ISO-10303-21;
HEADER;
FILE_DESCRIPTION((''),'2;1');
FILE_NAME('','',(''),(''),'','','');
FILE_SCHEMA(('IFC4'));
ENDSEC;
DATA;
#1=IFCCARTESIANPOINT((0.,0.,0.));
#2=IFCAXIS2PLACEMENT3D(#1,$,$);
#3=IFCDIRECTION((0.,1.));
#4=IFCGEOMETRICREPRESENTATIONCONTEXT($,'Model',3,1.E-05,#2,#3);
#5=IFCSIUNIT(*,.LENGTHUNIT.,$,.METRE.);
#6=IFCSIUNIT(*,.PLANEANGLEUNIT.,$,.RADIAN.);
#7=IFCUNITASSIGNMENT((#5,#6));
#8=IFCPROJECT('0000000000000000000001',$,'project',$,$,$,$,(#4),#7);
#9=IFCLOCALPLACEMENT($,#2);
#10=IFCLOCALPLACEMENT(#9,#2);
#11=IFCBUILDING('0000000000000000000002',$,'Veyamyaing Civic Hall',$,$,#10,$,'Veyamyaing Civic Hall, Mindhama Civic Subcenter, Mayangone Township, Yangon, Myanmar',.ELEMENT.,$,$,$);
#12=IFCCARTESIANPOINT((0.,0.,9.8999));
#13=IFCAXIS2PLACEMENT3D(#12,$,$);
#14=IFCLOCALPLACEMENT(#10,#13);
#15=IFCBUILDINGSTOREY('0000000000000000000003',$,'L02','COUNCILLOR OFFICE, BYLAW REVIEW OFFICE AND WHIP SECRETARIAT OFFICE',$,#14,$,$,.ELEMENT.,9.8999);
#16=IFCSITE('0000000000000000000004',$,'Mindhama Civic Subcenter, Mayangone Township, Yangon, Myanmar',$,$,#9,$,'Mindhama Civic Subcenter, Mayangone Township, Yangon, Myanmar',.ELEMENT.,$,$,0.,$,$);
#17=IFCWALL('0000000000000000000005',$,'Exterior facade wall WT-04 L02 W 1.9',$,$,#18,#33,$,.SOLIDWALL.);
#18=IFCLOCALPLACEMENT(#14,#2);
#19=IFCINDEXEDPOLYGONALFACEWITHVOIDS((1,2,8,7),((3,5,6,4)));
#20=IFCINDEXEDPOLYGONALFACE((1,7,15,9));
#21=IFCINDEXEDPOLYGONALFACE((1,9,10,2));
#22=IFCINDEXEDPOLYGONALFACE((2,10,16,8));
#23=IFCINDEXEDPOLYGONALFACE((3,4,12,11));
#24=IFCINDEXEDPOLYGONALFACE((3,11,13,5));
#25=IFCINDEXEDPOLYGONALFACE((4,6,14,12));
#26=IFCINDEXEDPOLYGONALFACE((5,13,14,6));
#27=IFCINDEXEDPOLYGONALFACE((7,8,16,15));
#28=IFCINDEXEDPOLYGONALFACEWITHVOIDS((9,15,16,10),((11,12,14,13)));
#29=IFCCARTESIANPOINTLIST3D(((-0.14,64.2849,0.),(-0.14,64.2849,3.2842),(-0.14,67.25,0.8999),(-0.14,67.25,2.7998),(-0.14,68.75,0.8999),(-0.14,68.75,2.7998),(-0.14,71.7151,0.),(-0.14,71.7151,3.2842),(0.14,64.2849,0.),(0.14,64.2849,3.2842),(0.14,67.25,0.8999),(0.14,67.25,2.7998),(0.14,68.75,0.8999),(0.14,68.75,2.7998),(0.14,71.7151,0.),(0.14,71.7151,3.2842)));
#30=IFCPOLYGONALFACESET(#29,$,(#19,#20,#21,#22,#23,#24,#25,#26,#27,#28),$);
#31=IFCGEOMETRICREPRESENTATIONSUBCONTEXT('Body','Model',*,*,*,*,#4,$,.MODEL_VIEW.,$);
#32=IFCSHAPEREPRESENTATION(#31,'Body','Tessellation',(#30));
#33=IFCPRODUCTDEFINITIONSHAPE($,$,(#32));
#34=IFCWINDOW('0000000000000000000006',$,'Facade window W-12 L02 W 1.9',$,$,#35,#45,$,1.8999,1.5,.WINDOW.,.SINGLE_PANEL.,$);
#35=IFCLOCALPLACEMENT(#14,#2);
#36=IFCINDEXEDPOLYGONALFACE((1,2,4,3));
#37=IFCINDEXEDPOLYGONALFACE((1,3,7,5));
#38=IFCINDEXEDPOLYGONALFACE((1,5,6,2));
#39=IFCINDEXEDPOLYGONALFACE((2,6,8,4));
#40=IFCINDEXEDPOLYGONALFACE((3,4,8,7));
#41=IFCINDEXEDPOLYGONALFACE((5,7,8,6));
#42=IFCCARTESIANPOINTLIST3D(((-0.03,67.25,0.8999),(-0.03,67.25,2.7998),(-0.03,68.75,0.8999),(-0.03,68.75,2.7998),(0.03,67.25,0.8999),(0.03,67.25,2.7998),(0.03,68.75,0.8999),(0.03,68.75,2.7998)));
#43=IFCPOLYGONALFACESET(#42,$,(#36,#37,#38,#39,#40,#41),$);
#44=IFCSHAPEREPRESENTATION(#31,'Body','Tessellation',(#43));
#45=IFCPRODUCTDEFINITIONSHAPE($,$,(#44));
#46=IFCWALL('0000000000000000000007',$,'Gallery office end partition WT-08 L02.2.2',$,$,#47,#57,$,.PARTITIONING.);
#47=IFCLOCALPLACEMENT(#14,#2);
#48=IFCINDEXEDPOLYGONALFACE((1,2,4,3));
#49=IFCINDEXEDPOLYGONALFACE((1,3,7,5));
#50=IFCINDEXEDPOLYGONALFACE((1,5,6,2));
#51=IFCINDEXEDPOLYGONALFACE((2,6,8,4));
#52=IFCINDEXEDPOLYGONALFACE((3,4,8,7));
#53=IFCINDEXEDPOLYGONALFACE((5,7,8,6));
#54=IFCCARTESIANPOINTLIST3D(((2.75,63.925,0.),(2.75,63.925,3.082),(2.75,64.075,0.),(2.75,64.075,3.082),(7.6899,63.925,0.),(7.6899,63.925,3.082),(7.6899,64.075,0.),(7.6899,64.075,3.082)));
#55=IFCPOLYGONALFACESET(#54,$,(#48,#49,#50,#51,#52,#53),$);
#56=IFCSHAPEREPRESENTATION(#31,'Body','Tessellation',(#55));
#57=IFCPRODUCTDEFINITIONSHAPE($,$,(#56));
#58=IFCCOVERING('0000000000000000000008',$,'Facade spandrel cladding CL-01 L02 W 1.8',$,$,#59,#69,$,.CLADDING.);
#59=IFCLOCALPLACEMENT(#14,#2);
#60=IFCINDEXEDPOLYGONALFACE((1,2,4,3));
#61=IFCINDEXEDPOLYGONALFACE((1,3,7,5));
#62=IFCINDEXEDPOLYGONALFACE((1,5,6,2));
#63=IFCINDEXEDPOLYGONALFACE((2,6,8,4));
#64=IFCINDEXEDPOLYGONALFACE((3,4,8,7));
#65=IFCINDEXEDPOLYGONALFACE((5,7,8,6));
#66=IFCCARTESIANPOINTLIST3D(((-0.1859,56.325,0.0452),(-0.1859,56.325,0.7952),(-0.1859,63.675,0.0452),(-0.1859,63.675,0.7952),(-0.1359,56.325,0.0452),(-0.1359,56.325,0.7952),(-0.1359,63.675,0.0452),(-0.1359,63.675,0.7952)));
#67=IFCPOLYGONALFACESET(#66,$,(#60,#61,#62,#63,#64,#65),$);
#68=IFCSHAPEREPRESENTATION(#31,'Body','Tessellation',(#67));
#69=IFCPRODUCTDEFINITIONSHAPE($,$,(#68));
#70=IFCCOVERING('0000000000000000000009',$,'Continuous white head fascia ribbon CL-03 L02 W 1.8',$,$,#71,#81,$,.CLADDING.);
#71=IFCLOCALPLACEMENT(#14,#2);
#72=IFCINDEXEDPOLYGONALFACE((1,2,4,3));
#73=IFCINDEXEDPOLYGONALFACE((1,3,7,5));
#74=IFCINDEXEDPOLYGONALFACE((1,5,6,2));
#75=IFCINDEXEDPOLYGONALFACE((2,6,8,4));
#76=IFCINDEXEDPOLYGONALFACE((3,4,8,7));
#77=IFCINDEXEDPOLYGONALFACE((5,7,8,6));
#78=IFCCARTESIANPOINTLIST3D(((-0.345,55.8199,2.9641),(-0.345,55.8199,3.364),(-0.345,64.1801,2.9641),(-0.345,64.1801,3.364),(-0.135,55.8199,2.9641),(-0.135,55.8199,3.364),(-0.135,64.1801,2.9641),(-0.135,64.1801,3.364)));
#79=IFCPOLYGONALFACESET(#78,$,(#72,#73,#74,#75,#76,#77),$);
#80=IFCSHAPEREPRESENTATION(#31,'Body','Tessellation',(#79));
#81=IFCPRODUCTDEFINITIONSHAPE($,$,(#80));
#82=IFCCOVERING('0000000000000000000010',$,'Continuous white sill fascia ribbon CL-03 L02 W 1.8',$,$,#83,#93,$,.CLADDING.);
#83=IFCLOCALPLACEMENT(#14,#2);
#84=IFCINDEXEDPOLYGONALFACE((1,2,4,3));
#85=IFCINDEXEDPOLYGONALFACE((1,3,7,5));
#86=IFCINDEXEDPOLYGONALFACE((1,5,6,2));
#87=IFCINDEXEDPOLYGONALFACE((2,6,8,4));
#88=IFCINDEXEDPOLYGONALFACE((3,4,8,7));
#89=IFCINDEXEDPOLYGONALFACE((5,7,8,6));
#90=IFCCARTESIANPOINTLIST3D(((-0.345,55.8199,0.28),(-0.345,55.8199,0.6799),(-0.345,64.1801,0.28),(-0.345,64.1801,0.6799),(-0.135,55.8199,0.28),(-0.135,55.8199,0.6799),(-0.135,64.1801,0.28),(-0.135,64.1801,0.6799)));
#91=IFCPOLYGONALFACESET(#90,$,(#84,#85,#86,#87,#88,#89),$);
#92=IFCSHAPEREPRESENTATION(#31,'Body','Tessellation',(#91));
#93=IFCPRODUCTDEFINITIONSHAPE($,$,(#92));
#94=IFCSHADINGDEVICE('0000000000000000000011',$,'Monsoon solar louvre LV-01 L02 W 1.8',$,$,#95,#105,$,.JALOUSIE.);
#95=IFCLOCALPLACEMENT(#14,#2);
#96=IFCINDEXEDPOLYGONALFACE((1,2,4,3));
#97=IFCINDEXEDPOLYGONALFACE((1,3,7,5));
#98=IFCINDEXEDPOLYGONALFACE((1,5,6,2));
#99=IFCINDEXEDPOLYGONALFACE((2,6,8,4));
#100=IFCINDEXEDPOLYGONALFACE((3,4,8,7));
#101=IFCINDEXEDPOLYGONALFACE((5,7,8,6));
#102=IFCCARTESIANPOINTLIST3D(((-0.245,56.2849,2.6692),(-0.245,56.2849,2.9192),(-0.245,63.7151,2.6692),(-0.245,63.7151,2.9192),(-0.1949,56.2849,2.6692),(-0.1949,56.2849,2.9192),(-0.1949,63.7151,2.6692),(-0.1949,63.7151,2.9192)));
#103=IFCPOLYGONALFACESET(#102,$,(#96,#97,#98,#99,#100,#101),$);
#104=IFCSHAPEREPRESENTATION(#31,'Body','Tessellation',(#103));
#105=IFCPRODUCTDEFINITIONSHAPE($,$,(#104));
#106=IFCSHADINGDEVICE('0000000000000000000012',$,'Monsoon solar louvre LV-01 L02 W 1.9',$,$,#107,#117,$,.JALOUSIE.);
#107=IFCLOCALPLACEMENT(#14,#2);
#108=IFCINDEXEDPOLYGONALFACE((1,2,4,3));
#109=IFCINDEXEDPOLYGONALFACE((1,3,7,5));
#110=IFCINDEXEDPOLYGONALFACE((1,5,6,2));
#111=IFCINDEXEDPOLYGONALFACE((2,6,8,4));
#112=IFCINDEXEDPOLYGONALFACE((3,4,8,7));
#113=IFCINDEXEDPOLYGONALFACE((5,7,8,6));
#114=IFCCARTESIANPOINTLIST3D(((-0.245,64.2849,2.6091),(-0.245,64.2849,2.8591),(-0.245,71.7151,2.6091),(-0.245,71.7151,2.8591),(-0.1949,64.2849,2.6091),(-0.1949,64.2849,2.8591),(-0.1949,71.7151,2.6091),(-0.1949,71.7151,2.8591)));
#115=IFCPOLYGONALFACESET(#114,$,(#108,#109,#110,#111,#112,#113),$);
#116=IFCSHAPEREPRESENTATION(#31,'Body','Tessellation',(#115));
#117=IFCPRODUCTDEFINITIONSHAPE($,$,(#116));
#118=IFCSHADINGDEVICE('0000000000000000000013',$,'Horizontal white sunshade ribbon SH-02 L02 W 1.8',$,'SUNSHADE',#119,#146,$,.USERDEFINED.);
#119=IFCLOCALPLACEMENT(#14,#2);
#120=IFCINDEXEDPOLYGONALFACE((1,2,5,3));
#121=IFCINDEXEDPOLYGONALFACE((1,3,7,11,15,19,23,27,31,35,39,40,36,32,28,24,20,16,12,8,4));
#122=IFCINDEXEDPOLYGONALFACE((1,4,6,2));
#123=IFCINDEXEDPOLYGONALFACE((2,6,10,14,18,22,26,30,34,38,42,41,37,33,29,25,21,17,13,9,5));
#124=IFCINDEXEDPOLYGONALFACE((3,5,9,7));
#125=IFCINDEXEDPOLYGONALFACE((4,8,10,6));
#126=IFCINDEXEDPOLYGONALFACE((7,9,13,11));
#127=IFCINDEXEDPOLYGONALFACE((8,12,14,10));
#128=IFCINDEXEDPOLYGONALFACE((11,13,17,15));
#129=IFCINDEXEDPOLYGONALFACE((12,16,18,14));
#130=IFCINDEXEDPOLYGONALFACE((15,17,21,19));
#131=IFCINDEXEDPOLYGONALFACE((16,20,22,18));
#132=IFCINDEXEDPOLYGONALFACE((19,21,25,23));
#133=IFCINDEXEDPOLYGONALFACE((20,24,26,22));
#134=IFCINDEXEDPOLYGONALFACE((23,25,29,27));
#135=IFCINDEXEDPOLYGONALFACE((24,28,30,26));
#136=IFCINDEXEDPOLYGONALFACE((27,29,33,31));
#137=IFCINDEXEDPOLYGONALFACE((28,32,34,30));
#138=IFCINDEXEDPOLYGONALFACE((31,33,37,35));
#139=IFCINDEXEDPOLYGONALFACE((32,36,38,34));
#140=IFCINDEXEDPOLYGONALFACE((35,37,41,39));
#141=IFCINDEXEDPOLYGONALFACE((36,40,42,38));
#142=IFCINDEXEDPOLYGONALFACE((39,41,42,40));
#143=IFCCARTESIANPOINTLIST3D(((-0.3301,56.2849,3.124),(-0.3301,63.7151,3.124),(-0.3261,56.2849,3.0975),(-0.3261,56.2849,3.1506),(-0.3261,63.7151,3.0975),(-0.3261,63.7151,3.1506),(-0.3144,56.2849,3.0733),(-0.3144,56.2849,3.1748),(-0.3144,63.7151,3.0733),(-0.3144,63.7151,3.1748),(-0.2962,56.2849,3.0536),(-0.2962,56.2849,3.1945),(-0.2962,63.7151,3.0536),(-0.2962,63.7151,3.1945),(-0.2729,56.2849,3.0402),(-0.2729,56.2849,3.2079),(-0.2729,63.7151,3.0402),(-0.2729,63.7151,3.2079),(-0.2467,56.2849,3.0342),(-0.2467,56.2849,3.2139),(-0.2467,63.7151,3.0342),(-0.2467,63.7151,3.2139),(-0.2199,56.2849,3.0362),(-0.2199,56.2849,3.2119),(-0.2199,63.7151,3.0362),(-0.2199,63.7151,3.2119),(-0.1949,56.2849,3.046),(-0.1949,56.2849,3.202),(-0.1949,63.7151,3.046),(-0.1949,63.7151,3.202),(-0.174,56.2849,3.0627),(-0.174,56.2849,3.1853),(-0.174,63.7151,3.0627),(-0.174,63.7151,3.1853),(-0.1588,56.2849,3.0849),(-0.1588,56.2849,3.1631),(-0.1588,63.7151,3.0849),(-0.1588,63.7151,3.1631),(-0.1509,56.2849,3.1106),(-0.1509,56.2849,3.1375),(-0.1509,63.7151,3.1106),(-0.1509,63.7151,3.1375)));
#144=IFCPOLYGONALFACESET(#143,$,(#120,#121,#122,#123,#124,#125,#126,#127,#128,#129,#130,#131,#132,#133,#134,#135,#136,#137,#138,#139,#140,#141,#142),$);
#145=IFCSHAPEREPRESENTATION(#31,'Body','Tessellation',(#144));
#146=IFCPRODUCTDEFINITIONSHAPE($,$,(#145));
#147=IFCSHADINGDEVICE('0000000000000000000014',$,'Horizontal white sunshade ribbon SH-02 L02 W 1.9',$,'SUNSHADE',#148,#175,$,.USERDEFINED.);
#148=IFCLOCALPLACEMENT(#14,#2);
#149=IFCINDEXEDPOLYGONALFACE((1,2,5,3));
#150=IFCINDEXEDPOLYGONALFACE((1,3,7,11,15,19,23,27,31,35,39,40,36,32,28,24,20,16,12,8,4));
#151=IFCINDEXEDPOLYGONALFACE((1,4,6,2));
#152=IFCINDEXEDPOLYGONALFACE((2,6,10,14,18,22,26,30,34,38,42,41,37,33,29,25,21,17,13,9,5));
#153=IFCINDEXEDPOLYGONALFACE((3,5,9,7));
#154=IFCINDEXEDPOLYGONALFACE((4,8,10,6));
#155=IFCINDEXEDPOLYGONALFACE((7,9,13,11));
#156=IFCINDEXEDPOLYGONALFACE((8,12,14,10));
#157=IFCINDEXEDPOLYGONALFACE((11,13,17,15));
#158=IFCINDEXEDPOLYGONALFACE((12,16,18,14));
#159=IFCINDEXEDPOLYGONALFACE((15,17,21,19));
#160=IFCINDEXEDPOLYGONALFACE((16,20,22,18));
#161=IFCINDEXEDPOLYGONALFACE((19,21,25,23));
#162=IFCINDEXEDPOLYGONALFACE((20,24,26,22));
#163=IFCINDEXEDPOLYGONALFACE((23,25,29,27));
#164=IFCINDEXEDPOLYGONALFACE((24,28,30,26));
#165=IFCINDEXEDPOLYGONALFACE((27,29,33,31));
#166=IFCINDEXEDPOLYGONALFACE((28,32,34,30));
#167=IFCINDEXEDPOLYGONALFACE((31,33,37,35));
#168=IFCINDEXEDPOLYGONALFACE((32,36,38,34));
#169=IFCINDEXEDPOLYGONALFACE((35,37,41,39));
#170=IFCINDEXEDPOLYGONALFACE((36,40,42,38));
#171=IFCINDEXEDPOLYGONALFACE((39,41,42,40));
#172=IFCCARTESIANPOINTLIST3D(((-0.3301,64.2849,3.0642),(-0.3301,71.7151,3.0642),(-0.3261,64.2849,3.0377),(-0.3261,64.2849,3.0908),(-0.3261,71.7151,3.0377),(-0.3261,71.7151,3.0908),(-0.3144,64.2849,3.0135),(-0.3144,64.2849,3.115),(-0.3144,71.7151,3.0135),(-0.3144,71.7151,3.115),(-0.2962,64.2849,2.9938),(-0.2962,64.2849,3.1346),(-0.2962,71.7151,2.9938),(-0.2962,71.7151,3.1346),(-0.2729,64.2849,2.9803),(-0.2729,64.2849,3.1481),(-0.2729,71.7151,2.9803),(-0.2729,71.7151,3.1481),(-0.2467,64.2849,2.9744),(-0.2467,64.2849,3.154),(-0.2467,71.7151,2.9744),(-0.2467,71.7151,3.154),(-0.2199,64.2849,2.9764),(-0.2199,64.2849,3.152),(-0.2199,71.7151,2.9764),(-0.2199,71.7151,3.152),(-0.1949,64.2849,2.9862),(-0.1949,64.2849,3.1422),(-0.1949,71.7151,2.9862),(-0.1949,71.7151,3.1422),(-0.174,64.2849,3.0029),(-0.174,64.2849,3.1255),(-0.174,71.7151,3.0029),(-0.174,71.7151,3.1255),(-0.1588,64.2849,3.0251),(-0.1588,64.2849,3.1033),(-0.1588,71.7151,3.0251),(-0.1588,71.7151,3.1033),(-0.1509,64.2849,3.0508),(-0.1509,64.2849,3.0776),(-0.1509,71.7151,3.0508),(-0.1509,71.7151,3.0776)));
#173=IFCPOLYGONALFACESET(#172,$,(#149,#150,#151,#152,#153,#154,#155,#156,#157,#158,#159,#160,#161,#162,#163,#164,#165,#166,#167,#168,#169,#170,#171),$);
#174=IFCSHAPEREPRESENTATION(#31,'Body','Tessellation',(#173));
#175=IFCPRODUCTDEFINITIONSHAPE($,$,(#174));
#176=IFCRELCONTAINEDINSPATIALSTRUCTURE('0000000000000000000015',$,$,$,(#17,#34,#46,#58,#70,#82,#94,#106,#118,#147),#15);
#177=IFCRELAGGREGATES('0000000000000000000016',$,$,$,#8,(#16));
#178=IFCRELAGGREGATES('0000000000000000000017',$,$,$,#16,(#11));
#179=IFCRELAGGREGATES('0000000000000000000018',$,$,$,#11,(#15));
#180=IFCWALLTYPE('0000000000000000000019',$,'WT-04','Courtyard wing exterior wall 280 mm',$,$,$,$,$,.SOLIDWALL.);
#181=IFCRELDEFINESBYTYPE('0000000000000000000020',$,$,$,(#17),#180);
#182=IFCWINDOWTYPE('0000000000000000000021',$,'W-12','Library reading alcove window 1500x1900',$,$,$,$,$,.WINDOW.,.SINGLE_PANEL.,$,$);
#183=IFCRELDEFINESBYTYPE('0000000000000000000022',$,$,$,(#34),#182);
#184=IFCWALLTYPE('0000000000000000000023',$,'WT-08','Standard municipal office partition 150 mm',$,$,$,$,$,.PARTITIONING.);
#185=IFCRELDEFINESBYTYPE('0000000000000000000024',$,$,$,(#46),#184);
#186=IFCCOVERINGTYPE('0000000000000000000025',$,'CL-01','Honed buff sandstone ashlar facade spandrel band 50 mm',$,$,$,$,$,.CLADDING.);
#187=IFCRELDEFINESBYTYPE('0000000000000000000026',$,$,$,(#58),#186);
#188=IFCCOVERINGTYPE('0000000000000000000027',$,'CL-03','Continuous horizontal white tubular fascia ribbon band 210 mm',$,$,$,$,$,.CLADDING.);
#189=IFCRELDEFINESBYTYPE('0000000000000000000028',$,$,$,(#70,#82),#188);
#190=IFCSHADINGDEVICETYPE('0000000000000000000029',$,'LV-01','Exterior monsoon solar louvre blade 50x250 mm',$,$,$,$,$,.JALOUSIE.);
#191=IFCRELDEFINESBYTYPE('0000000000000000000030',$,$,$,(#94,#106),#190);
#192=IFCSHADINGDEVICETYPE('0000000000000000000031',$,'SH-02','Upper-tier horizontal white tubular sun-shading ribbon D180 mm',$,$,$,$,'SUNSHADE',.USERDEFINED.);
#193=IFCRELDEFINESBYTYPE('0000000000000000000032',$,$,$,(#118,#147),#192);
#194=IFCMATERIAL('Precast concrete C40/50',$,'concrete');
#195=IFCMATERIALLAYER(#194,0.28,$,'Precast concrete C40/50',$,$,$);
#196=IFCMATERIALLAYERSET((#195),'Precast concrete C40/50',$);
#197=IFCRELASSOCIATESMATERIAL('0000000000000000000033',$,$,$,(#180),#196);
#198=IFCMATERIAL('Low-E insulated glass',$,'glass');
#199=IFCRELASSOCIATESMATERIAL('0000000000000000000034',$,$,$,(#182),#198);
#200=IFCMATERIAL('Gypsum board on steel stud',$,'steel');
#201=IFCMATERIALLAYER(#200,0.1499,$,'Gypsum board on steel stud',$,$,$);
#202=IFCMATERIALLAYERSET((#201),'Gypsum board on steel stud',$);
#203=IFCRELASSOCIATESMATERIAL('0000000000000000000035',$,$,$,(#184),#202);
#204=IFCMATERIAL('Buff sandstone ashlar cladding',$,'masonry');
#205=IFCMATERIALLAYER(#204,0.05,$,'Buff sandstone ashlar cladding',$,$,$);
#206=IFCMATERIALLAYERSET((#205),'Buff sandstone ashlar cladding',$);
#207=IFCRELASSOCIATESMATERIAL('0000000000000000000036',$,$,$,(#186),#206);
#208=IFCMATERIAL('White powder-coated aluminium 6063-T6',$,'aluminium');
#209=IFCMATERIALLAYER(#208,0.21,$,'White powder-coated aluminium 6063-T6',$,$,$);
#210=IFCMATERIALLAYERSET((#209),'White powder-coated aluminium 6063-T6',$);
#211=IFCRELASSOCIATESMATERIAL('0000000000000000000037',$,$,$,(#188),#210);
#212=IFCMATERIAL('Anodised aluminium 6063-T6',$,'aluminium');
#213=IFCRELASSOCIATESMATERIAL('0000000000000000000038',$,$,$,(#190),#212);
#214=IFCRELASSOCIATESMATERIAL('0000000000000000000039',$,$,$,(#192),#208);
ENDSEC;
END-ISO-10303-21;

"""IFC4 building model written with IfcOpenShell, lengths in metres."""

from ifc_helpers import new_model, si_unit, direction, frame, frame_2d, origin, origin_2d, place, context, subcontext, project, spatial, rectangle, circle, extrude, material, layer, layer_set, material_profile, profile_set, type_object, element, fill, save


model = new_model("IFC4")

# Units and contexts
model_context = context("Model", 3, precision=1e-05, world=origin(), true_north=direction((0.0, 1.0)))
body_context = subcontext(model_context, "Body", "Model", "MODEL_VIEW")
ifc_project = project(units=[si_unit("LENGTHUNIT", "METRE"), si_unit("PLANEANGLEUNIT", "RADIAN")], contexts=[model_context])

# Site, building, storey
site_placement = place(None, origin())
site = spatial("IfcSite", under=ifc_project, at=site_placement, Name="Mindhama Civic Subcenter, Mayangone Township, Yangon, Myanmar", LongName="Mindhama Civic Subcenter, Mayangone Township, Yangon, Myanmar", CompositionType="ELEMENT", RefElevation=0.0)
building_placement = place(site_placement, origin())
building = spatial("IfcBuilding", under=site, at=building_placement, Name="Veyamyaing Civic Hall", LongName="Veyamyaing Civic Hall, Mindhama Civic Subcenter, Mayangone Township, Yangon, Myanmar", CompositionType="ELEMENT")
storey_placement = place(building_placement, frame((0.0, 0.0, 9.8999)))
storey = spatial("IfcBuildingStorey", under=building, at=storey_placement, Name="L02", Description="COUNCILLOR OFFICE, BYLAW REVIEW OFFICE AND WHIP SECRETARIAT OFFICE", CompositionType="ELEMENT", Elevation=9.8999)

# Wall, opening, window
ifc_material_1 = material(Name="Precast concrete C40/50", Category="concrete")
ifc_layer_1 = layer(ifc_material_1, 0.28, Name="Precast concrete C40/50")
ifc_layer_set_1 = layer_set([ifc_layer_1], Name="Precast concrete C40/50")
wall_type_1 = type_object("IfcWallType", Name="WT-04", Description="Courtyard wing exterior wall 280 mm", PredefinedType="SOLIDWALL", material=ifc_layer_set_1)
ifc_material_2 = material(Name="Low-E insulated glass", Category="glass")
wall_1_placement = place(storey_placement, frame((0.0, 64.2849, 0.0), z_axis=(0.0, 0.0, 1.0), x_axis=(0.0, 1.0, 0.0)))
wall_1 = element("IfcWall", 1, at=wall_1_placement, inside=storey, type_object=wall_type_1, Name="Exterior facade wall WT-04 L02 W 1.9", PredefinedType="SOLIDWALL", context=body_context, shape_type="SweptSolid", body=[
    extrude(rectangle(XDim=7.4302, YDim=0.28, at=frame_2d((3.7151, 0.0))), origin(), (0.0, 0.0, 1.0), 3.2842),
])
opening_1_placement = place(wall_1_placement, frame((2.9651, 0.0, 0.8999)))
opening_1 = element("IfcOpeningElement", 2, at=opening_1_placement, cuts=wall_1, PredefinedType="OPENING", context=body_context, shape_type="SweptSolid", body=[
    extrude(rectangle(XDim=1.5, YDim=1.8999, at=frame_2d((0.75, 0.95))), frame((0.0, 0.1499, 0.0), z_axis=(0.0, -1.0, 0.0), x_axis=(1.0, 0.0, 0.0)), (0.0, 0.0, 1.0), 0.3),
])
window_type_1 = type_object("IfcWindowType", Name="W-12", Description="Library reading alcove window 1500x1900", PartitioningType="SINGLE_PANEL", PredefinedType="WINDOW", material=ifc_material_2)
window_1_placement = place(opening_1_placement, origin())
window_1 = element("IfcWindow", 3, at=window_1_placement, inside=storey, type_object=window_type_1, Name="Facade window W-12 L02 W 1.9", OverallHeight=1.8999, OverallWidth=1.5, PartitioningType="SINGLE_PANEL", PredefinedType="WINDOW", context=body_context, shape_type="SweptSolid", body=[
    extrude(rectangle(XDim=1.5, YDim=1.8999, at=frame_2d((0.75, 0.95))), frame((0.0, 0.03, 0.0), z_axis=(0.0, -1.0, 0.0), x_axis=(1.0, 0.0, 0.0)), (0.0, 0.0, 1.0), 0.0601),
])
fill(opening_1, window_1)

# Wall
ifc_material_3 = material(Name="Gypsum board on steel stud", Category="steel")
ifc_layer_2 = layer(ifc_material_3, 0.1499, Name="Gypsum board on steel stud")
ifc_layer_set_2 = layer_set([ifc_layer_2], Name="Gypsum board on steel stud")
wall_type_2 = type_object("IfcWallType", Name="WT-08", Description="Standard municipal office partition 150 mm", PredefinedType="PARTITIONING", material=ifc_layer_set_2)
wall_2_placement = place(storey_placement, frame((2.75, 64.0, 0.0), z_axis=(0.0, 0.0, 1.0), x_axis=(1.0, 0.0, 0.0)))
element("IfcWall", 4, at=wall_2_placement, inside=storey, type_object=wall_type_2, Name="Gallery office end partition WT-08 L02.2.2", PredefinedType="PARTITIONING", context=body_context, shape_type="SweptSolid", body=[
    extrude(rectangle(XDim=4.9399, YDim=0.1499, at=frame_2d((2.47, 0.0))), origin(), (0.0, 0.0, 1.0), 3.082),
])

# Coverings
ifc_material_4 = material(Name="Buff sandstone ashlar cladding", Category="masonry")
ifc_layer_3 = layer(ifc_material_4, 0.05, Name="Buff sandstone ashlar cladding")
ifc_layer_set_3 = layer_set([ifc_layer_3], Name="Buff sandstone ashlar cladding")
covering_type_1 = type_object("IfcCoveringType", Name="CL-01", Description="Honed buff sandstone ashlar facade spandrel band 50 mm", PredefinedType="CLADDING", material=ifc_layer_set_3)
covering_placement = place(storey_placement, frame((-0.1609, 60.0, 0.0452), z_axis=(0.0, 0.0, 1.0), x_axis=(0.0, 1.0, 0.0)))
element("IfcCovering", 5, at=covering_placement, inside=storey, type_object=covering_type_1, Name="Facade spandrel cladding CL-01 L02 W 1.8", PredefinedType="CLADDING", context=body_context, shape_type="SweptSolid", body=[
    extrude(rectangle(XDim=7.3501, YDim=0.05, at=origin_2d()), origin(), (0.0, 0.0, 1.0), 0.75),
])
ifc_material_5 = material(Name="White powder-coated aluminium 6063-T6", Category="aluminium")
ifc_layer_4 = layer(ifc_material_5, 0.21, Name="White powder-coated aluminium 6063-T6")
ifc_layer_set_4 = layer_set([ifc_layer_4], Name="White powder-coated aluminium 6063-T6")
covering_type_2 = type_object("IfcCoveringType", Name="CL-03", Description="Continuous horizontal white tubular fascia ribbon band 210 mm", PredefinedType="CLADDING", material=ifc_layer_set_4)
for number, where, z_axis, x_axis, name in (
    (6, (-0.24, 60.0, 2.9641), (0.0, 0.0, 1.0), (0.0, 1.0, 0.0), "Continuous white head fascia ribbon CL-03 L02 W 1.8"),
    (7, (-0.24, 60.0, 0.28), (0.0, 0.0, 1.0), (0.0, 1.0, 0.0), "Continuous white sill fascia ribbon CL-03 L02 W 1.8"),
):
    element("IfcCovering", number, at=place(storey_placement, frame(where, z_axis=z_axis, x_axis=x_axis)), inside=storey, type_object=covering_type_2, Name=name, PredefinedType="CLADDING", context=body_context, shape_type="SweptSolid", body=[
        extrude(rectangle(XDim=8.3601, YDim=0.21, at=origin_2d()), origin(), (0.0, 0.0, 1.0), 0.3999),
    ])

# Shading devices
ifc_material_6 = material(Name="Anodised aluminium 6063-T6", Category="aluminium")
ifc_material_profile_1 = material_profile(ifc_material_6, rectangle(XDim=0.05, YDim=0.25, at=origin_2d()), Name="LOUVRE-BLADE-50X250")
ifc_profile_set_1 = profile_set([ifc_material_profile_1], Name="Anodised aluminium 6063-T6")
shading_device_type_1 = type_object("IfcShadingDeviceType", Name="LV-01", Description="Exterior monsoon solar louvre blade 50x250 mm", PredefinedType="JALOUSIE", material=ifc_profile_set_1)
for number, where, z_axis, x_axis, name in (
    (8, (-0.22, 56.2849, 2.7942), (0.0, 1.0, 0.0), (-1.0, 0.0, 0.0), "Monsoon solar louvre LV-01 L02 W 1.8"),
    (9, (-0.22, 64.2849, 2.7341), (0.0, 1.0, 0.0), (-1.0, 0.0, 0.0), "Monsoon solar louvre LV-01 L02 W 1.9"),
):
    element("IfcShadingDevice", number, at=place(storey_placement, frame(where, z_axis=z_axis, x_axis=x_axis)), inside=storey, type_object=shading_device_type_1, Name=name, PredefinedType="JALOUSIE", context=body_context, shape_type="SweptSolid", body=[
        extrude(rectangle(XDim=0.05, YDim=0.25, at=origin_2d()), origin(), (0.0, 0.0, 1.0), 7.4302),
    ])
ifc_material_profile_2 = material_profile(ifc_material_5, circle(Radius=0.0901, at=origin_2d()), Name="SHADE-TUBE-180")
ifc_profile_set_2 = profile_set([ifc_material_profile_2], Name="White powder-coated aluminium 6063-T6")
shading_device_type_2 = type_object("IfcShadingDeviceType", Name="SH-02", Description="Upper-tier horizontal white tubular sun-shading ribbon D180 mm", ElementType="SUNSHADE", PredefinedType="USERDEFINED", material=ifc_profile_set_2)
for number, where, z_axis, x_axis, name in (
    (10, (-0.24, 56.2849, 3.124), (0.0, 1.0, 0.0), (-1.0, 0.0, 0.0), "Horizontal white sunshade ribbon SH-02 L02 W 1.8"),
    (11, (-0.24, 64.2849, 3.0642), (0.0, 1.0, 0.0), (-1.0, 0.0, 0.0), "Horizontal white sunshade ribbon SH-02 L02 W 1.9"),
):
    element("IfcShadingDevice", number, at=place(storey_placement, frame(where, z_axis=z_axis, x_axis=x_axis)), inside=storey, type_object=shading_device_type_2, Name=name, ObjectType="SUNSHADE", PredefinedType="USERDEFINED", context=body_context, shape_type="SweptSolid", body=[
        extrude(circle(Radius=0.0901, at=origin_2d()), origin(), (0.0, 0.0, 1.0), 7.4302),
    ])

save(model, "model.ifc")
